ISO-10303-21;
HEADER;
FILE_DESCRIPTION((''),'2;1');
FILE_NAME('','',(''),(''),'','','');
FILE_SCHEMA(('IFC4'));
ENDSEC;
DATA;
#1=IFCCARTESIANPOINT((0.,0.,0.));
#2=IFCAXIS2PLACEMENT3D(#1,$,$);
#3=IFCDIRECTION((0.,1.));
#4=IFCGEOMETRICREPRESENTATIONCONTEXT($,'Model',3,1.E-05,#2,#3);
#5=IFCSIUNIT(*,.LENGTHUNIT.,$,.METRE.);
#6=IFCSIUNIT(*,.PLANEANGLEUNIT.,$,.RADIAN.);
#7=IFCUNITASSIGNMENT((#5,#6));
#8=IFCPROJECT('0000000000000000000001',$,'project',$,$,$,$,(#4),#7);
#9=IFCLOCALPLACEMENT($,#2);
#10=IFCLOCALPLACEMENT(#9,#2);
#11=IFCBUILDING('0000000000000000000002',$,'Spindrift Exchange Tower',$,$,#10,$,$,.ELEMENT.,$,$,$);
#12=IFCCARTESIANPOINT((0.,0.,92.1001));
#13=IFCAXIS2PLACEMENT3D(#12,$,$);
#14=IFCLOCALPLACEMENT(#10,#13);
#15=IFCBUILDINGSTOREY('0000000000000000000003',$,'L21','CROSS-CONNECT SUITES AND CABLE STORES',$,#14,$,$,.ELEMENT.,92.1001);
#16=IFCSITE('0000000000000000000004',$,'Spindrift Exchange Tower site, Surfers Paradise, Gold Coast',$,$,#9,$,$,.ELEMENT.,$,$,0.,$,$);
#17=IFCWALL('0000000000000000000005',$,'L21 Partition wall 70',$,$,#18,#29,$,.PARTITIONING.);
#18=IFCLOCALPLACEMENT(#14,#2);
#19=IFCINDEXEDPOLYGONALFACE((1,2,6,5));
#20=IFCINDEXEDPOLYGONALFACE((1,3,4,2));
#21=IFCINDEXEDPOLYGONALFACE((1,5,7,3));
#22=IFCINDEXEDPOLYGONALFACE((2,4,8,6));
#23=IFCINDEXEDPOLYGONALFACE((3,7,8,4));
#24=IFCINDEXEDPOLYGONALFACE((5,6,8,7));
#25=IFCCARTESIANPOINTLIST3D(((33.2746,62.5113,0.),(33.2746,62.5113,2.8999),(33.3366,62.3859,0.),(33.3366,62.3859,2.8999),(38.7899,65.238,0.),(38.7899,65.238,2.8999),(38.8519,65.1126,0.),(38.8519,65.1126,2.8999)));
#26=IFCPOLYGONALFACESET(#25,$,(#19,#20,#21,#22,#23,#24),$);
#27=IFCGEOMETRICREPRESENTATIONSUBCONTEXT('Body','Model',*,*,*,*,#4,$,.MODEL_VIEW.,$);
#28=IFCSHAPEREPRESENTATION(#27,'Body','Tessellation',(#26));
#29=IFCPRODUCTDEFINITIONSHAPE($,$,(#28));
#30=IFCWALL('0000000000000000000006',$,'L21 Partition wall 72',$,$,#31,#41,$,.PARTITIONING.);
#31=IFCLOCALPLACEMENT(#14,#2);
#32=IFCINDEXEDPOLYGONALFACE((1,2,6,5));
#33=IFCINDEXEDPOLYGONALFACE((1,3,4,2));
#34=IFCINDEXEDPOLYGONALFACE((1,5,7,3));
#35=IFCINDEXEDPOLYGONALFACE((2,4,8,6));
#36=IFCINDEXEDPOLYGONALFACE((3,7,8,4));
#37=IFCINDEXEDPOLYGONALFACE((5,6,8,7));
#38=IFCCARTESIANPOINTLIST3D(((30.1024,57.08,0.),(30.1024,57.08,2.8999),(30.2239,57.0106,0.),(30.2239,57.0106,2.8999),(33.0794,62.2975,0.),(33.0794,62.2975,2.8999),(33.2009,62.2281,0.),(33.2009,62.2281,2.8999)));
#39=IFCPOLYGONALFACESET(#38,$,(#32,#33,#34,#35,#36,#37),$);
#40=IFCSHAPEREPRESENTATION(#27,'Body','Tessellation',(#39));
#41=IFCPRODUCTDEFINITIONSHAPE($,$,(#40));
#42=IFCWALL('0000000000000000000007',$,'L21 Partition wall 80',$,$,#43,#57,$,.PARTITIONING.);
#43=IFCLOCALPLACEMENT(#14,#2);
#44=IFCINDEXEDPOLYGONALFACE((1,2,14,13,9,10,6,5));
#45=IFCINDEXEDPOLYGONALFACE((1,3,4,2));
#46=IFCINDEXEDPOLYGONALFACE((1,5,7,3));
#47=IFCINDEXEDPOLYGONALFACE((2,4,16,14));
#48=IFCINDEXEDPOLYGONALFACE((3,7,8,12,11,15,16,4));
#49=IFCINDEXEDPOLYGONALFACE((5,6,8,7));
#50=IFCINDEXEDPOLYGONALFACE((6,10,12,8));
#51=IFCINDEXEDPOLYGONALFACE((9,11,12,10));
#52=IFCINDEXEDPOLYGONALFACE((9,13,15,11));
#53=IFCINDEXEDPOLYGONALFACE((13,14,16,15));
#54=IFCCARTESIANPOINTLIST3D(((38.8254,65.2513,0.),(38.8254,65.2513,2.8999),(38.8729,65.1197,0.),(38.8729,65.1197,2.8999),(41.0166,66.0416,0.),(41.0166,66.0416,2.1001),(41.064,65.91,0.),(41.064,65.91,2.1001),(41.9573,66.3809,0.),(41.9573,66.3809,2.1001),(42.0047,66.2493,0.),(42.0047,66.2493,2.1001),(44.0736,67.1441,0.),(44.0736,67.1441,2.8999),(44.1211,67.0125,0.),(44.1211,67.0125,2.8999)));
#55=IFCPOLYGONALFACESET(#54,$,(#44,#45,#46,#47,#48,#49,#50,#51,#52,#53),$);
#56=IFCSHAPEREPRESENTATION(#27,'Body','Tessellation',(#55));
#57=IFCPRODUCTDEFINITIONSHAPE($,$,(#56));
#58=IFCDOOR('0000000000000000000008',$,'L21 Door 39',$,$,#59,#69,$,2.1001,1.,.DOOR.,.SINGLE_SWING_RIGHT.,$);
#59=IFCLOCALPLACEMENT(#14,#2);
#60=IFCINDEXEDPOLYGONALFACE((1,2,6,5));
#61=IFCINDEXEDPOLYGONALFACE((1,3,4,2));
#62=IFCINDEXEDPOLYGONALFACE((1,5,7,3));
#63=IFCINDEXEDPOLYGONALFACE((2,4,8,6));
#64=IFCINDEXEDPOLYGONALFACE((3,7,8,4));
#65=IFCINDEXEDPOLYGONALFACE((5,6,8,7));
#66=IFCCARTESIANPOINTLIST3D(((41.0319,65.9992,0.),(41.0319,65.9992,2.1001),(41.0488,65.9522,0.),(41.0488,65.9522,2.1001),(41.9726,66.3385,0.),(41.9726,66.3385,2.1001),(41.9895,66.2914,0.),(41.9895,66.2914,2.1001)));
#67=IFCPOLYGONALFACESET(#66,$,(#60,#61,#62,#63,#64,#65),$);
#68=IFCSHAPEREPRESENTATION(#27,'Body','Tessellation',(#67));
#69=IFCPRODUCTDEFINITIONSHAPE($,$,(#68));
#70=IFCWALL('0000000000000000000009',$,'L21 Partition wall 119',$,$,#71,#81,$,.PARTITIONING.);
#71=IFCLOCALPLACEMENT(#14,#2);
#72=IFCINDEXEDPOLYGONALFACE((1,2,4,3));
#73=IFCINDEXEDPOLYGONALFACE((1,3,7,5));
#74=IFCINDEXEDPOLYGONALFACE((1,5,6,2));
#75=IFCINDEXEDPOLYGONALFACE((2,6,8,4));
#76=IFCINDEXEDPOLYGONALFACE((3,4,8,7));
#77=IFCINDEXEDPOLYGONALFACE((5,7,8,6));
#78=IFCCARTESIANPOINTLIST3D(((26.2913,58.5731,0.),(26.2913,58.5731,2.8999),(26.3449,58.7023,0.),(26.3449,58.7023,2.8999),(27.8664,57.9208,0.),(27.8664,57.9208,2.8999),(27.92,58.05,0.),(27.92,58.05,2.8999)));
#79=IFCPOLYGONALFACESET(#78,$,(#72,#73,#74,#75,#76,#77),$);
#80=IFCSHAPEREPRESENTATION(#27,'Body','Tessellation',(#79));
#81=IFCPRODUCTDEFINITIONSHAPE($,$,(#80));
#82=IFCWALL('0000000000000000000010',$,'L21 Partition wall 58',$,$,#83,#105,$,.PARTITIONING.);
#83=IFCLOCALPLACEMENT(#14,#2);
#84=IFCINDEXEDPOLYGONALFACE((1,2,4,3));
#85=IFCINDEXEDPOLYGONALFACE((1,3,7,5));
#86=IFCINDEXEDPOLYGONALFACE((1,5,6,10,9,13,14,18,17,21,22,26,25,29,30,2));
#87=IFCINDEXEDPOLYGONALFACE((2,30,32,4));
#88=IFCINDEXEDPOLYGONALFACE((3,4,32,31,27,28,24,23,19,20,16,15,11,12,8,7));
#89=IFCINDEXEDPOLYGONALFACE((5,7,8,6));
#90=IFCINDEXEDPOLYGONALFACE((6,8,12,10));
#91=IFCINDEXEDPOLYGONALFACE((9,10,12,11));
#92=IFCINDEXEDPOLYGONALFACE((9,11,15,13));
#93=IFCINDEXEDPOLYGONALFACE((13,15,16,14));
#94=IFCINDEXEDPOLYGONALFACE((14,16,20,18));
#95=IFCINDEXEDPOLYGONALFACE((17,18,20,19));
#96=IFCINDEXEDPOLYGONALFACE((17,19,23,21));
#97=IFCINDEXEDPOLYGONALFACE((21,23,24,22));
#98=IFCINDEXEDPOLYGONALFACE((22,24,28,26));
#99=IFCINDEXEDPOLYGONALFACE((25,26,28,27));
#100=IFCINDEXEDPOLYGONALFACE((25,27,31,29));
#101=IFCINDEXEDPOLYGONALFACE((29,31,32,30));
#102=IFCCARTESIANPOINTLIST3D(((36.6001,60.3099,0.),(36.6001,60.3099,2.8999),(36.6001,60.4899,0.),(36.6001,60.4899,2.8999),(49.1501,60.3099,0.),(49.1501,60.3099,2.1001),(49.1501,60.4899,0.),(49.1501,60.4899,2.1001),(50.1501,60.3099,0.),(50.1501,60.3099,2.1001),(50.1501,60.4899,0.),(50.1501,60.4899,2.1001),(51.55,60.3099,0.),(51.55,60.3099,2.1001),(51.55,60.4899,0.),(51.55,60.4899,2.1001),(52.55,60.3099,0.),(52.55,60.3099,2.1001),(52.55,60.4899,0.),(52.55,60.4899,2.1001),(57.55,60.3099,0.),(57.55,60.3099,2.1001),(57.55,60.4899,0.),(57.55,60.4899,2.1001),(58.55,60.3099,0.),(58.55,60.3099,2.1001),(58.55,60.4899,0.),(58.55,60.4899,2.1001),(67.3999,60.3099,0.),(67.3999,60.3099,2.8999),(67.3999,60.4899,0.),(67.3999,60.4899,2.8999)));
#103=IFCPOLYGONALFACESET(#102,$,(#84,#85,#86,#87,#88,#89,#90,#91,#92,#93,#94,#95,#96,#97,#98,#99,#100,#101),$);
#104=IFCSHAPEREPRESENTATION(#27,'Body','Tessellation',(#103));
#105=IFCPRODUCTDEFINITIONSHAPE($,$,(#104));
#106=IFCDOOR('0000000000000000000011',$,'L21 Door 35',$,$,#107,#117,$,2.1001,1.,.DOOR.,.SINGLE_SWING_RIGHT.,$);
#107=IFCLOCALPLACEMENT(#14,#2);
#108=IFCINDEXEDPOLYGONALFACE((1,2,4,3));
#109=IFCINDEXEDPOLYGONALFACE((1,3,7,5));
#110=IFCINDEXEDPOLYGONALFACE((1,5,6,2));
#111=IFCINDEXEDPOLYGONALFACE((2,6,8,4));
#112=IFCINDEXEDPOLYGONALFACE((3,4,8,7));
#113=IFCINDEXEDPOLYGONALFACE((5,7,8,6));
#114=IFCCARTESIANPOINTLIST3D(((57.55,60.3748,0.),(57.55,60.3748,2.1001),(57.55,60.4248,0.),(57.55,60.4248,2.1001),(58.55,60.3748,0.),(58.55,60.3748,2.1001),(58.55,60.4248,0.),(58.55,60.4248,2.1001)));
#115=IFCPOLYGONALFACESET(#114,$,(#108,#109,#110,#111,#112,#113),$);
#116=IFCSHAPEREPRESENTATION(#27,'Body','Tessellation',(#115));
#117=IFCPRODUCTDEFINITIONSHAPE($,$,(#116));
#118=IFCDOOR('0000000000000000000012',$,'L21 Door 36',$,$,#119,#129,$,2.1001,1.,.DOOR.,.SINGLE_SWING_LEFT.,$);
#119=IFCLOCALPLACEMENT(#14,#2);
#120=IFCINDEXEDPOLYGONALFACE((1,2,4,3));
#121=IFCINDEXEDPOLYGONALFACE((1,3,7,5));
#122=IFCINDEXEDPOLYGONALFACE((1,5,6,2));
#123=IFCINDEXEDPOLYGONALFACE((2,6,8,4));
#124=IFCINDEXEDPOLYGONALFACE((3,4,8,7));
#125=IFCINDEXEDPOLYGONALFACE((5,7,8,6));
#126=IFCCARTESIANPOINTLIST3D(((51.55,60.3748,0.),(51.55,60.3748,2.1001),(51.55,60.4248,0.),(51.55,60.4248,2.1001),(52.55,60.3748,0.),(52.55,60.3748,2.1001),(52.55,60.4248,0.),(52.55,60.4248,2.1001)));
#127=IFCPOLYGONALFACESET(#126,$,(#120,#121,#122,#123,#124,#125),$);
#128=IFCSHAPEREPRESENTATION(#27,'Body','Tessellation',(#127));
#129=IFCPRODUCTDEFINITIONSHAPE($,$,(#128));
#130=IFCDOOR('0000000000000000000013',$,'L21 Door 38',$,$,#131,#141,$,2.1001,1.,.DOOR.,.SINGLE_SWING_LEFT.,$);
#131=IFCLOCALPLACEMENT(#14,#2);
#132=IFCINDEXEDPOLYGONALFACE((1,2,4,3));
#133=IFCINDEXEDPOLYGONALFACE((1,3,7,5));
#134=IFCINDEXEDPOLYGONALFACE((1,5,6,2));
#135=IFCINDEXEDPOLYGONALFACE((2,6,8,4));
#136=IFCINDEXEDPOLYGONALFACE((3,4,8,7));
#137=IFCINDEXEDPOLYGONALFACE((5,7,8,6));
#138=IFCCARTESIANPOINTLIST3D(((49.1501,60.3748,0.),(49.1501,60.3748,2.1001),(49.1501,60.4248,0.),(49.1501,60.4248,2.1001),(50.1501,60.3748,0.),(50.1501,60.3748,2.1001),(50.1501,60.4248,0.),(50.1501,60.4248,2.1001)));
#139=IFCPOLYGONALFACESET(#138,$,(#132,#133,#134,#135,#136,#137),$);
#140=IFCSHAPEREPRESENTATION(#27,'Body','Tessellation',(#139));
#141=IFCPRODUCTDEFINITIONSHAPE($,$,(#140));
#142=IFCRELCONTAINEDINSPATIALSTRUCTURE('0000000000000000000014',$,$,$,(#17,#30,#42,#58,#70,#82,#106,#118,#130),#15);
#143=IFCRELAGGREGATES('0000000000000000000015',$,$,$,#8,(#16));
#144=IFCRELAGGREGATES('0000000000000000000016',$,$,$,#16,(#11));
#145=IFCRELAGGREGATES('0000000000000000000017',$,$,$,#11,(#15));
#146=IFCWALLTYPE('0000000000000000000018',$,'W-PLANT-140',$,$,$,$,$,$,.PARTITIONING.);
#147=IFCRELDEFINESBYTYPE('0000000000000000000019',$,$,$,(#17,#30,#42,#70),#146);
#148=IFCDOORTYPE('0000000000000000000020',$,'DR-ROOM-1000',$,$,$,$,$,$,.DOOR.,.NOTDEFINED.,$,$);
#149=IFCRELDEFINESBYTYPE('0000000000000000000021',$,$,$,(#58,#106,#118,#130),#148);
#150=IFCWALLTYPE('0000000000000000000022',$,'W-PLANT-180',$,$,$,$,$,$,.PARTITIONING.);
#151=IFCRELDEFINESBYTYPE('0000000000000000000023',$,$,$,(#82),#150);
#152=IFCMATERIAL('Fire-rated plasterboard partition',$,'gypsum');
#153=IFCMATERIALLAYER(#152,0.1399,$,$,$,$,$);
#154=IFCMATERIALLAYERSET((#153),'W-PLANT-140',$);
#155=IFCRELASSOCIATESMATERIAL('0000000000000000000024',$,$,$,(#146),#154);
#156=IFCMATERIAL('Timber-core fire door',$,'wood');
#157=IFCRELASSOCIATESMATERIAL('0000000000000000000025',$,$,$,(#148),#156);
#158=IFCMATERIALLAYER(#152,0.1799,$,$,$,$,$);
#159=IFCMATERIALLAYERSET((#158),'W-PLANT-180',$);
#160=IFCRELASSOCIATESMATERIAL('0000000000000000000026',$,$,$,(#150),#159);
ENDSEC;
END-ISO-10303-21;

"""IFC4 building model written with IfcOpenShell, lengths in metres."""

from ifc_helpers import new_model, si_unit, direction, frame, frame_2d, origin, place, context, subcontext, project, spatial, rectangle, extrude, source, transform, mapped, material, layer, layer_set, type_object, element, fill, save


model = new_model("IFC4")

# Units and contexts
model_context = context("Model", 3, precision=1e-05, world=origin(), true_north=direction((0.0, 1.0)))
body_context = subcontext(model_context, "Body", "Model", "MODEL_VIEW")
ifc_project = project(units=[si_unit("LENGTHUNIT", "METRE"), si_unit("PLANEANGLEUNIT", "RADIAN")], contexts=[model_context])

# Site, building, storey
site_placement = place(None, origin())
site = spatial("IfcSite", under=ifc_project, at=site_placement, Name="Spindrift Exchange Tower site, Surfers Paradise, Gold Coast", CompositionType="ELEMENT", RefElevation=0.0)
building_placement = place(site_placement, origin())
building = spatial("IfcBuilding", under=site, at=building_placement, Name="Spindrift Exchange Tower", CompositionType="ELEMENT")
storey_placement = place(building_placement, frame((0.0, 0.0, 92.1001)))
storey = spatial("IfcBuildingStorey", under=building, at=storey_placement, Name="L21", Description="CROSS-CONNECT SUITES AND CABLE STORES", CompositionType="ELEMENT", Elevation=92.1001)

# Walls
ifc_material_1 = material(Name="Fire-rated plasterboard partition", Category="gypsum")
ifc_layer_1 = layer(ifc_material_1, 0.1399)
ifc_layer_set_1 = layer_set([ifc_layer_1], Name="W-PLANT-140")
wall_type_1 = type_object("IfcWallType", Name="W-PLANT-140", PredefinedType="PARTITIONING", material=ifc_layer_set_1)
wall_1_placement = place(storey_placement, frame((38.8208, 65.1753, 0.0), z_axis=(0.0, 0.0, 1.0), x_axis=(-0.896426, -0.443193, 0.0)))
element("IfcWall", 1, at=wall_1_placement, inside=storey, type_object=wall_type_1, Name="L21 Partition wall 70", PredefinedType="PARTITIONING", context=body_context, shape_type="SweptSolid", body=[
    extrude(rectangle(XDim=6.1526, YDim=0.1399, at=frame_2d((3.0762, 0.0))), origin(), (0.0, 0.0, 1.0), 2.8999),
])
wall_2_placement = place(storey_placement, frame((33.1401, 62.2627, 0.0), z_axis=(0.0, 0.0, 1.0), x_axis=(-0.495587, -0.868558, 0.0)))
element("IfcWall", 2, at=wall_2_placement, inside=storey, type_object=wall_type_1, Name="L21 Partition wall 72", PredefinedType="PARTITIONING", context=body_context, shape_type="SweptSolid", body=[
    extrude(rectangle(XDim=6.0071, YDim=0.1399, at=frame_2d((3.0034, 0.0))), origin(), (0.0, 0.0, 1.0), 2.8999),
])

# Wall, opening, door
wall_3_placement = place(storey_placement, frame((38.8491, 65.1855, 0.0), z_axis=(0.0, 0.0, 1.0), x_axis=(0.940691, 0.339265, 0.0)))
wall_3 = element("IfcWall", 3, at=wall_3_placement, inside=storey, type_object=wall_type_1, Name="L21 Partition wall 80", PredefinedType="PARTITIONING", context=body_context, shape_type="SweptSolid", body=[
    extrude(rectangle(XDim=5.5791, YDim=0.1399, at=frame_2d((2.7896, 0.0))), origin(), (0.0, 0.0, 1.0), 2.8999),
])
opening_1_placement = place(wall_3_placement, frame((2.3293, 0.0, 0.0)))
opening_1 = element("IfcOpeningElement", 4, at=opening_1_placement, cuts=wall_3, PredefinedType="OPENING", context=body_context, shape_type="SweptSolid", body=[
    extrude(rectangle(XDim=1.0, YDim=2.1001, at=frame_2d((0.5, 1.05))), frame((0.0, 0.0798, 0.0), z_axis=(0.0, -1.0, 0.0), x_axis=(1.0, 0.0, 0.0)), (0.0, 0.0, 1.0), 0.1599),
])
ifc_material_2 = material(Name="Timber-core fire door", Category="wood")
door_type = type_object("IfcDoorType", Name="DR-ROOM-1000", OperationType="NOTDEFINED", PredefinedType="DOOR", material=ifc_material_2)
shared_shape_1 = source(origin(), body_context, "Body", "SweptSolid", [
    extrude(rectangle(XDim=1.0, YDim=2.1001, at=frame_2d((0.5, 1.05))), frame((0.0, 0.0249, 0.0), z_axis=(0.0, -1.0, 0.0), x_axis=(1.0, 0.0, 0.0)), (0.0, 0.0, 1.0), 0.05),
])
door_1_placement = place(opening_1_placement, origin())
door_1 = element("IfcDoor", 5, at=door_1_placement, inside=storey, type_object=door_type, Name="L21 Door 39", OperationType="SINGLE_SWING_RIGHT", OverallHeight=2.1001, OverallWidth=1.0, PredefinedType="DOOR", context=body_context, shape_type="MappedRepresentation", body=[
    mapped(shared_shape_1, transform((0.0, 0.0, 0.0), scale=1.0)),
])
fill(opening_1, door_1)

# Wall
wall_4_placement = place(storey_placement, frame((27.8933, 57.9854, 0.0), z_axis=(0.0, 0.0, 1.0), x_axis=(-0.923905, 0.382622, 0.0)))
element("IfcWall", 6, at=wall_4_placement, inside=storey, type_object=wall_type_1, Name="L21 Partition wall 119", PredefinedType="PARTITIONING", context=body_context, shape_type="SweptSolid", body=[
    extrude(rectangle(XDim=1.7048, YDim=0.1399, at=frame_2d((0.8525, 0.0))), origin(), (0.0, 0.0, 1.0), 2.8999),
])

# Wall, openings, doors
ifc_layer_2 = layer(ifc_material_1, 0.1799)
ifc_layer_set_2 = layer_set([ifc_layer_2], Name="W-PLANT-180")
wall_type_2 = type_object("IfcWallType", Name="W-PLANT-180", PredefinedType="PARTITIONING", material=ifc_layer_set_2)
wall_5_placement = place(storey_placement, frame((36.6001, 60.3999, 0.0), z_axis=(0.0, 0.0, 1.0), x_axis=(1.0, 0.0, 0.0)))
wall_5 = element("IfcWall", 7, at=wall_5_placement, inside=storey, type_object=wall_type_2, Name="L21 Partition wall 58", PredefinedType="PARTITIONING", context=body_context, shape_type="SweptSolid", body=[
    extrude(rectangle(XDim=30.7998, YDim=0.1799, at=frame_2d((15.3999, 0.0))), origin(), (0.0, 0.0, 1.0), 2.8999),
])
opening_2_placement = place(wall_5_placement, frame((20.95, 0.0, 0.0)))
opening_2 = element("IfcOpeningElement", 8, at=opening_2_placement, cuts=wall_5, PredefinedType="OPENING", context=body_context, shape_type="SweptSolid", body=[
    extrude(rectangle(XDim=1.0, YDim=2.1001, at=frame_2d((0.5, 1.05))), frame((0.0, 0.0999, 0.0), z_axis=(0.0, -1.0, 0.0), x_axis=(1.0, 0.0, 0.0)), (0.0, 0.0, 1.0), 0.2),
])
opening_3_placement = place(wall_5_placement, frame((14.95, 0.0, 0.0)))
opening_3 = element("IfcOpeningElement", 9, at=opening_3_placement, cuts=wall_5, PredefinedType="OPENING", context=body_context, shape_type="SweptSolid", body=[
    extrude(rectangle(XDim=1.0, YDim=2.1001, at=frame_2d((0.5, 1.05))), frame((0.0, 0.0999, 0.0), z_axis=(0.0, -1.0, 0.0), x_axis=(1.0, 0.0, 0.0)), (0.0, 0.0, 1.0), 0.2),
])
opening_4_placement = place(wall_5_placement, frame((12.55, 0.0, 0.0)))
opening_4 = element("IfcOpeningElement", 10, at=opening_4_placement, cuts=wall_5, PredefinedType="OPENING", context=body_context, shape_type="SweptSolid", body=[
    extrude(rectangle(XDim=1.0, YDim=2.1001, at=frame_2d((0.5, 1.05))), frame((0.0, 0.0999, 0.0), z_axis=(0.0, -1.0, 0.0), x_axis=(1.0, 0.0, 0.0)), (0.0, 0.0, 1.0), 0.2),
])
door_2_placement = place(opening_2_placement, origin())
door_2 = element("IfcDoor", 11, at=door_2_placement, inside=storey, type_object=door_type, Name="L21 Door 35", OperationType="SINGLE_SWING_RIGHT", OverallHeight=2.1001, OverallWidth=1.0, PredefinedType="DOOR", context=body_context, shape_type="MappedRepresentation", body=[
    mapped(shared_shape_1, transform((0.0, 0.0, 0.0), scale=1.0)),
])
fill(opening_2, door_2)
door_3_placement = place(opening_3_placement, origin())
door_3 = element("IfcDoor", 12, at=door_3_placement, inside=storey, type_object=door_type, Name="L21 Door 36", OperationType="SINGLE_SWING_LEFT", OverallHeight=2.1001, OverallWidth=1.0, PredefinedType="DOOR", context=body_context, shape_type="MappedRepresentation", body=[
    mapped(shared_shape_1, transform((0.0, 0.0, 0.0), scale=1.0)),
])
fill(opening_3, door_3)
door_4_placement = place(opening_4_placement, origin())
door_4 = element("IfcDoor", 13, at=door_4_placement, inside=storey, type_object=door_type, Name="L21 Door 38", OperationType="SINGLE_SWING_LEFT", OverallHeight=2.1001, OverallWidth=1.0, PredefinedType="DOOR", context=body_context, shape_type="MappedRepresentation", body=[
    mapped(shared_shape_1, transform((0.0, 0.0, 0.0), scale=1.0)),
])
fill(opening_4, door_4)

save(model, "model.ifc")
